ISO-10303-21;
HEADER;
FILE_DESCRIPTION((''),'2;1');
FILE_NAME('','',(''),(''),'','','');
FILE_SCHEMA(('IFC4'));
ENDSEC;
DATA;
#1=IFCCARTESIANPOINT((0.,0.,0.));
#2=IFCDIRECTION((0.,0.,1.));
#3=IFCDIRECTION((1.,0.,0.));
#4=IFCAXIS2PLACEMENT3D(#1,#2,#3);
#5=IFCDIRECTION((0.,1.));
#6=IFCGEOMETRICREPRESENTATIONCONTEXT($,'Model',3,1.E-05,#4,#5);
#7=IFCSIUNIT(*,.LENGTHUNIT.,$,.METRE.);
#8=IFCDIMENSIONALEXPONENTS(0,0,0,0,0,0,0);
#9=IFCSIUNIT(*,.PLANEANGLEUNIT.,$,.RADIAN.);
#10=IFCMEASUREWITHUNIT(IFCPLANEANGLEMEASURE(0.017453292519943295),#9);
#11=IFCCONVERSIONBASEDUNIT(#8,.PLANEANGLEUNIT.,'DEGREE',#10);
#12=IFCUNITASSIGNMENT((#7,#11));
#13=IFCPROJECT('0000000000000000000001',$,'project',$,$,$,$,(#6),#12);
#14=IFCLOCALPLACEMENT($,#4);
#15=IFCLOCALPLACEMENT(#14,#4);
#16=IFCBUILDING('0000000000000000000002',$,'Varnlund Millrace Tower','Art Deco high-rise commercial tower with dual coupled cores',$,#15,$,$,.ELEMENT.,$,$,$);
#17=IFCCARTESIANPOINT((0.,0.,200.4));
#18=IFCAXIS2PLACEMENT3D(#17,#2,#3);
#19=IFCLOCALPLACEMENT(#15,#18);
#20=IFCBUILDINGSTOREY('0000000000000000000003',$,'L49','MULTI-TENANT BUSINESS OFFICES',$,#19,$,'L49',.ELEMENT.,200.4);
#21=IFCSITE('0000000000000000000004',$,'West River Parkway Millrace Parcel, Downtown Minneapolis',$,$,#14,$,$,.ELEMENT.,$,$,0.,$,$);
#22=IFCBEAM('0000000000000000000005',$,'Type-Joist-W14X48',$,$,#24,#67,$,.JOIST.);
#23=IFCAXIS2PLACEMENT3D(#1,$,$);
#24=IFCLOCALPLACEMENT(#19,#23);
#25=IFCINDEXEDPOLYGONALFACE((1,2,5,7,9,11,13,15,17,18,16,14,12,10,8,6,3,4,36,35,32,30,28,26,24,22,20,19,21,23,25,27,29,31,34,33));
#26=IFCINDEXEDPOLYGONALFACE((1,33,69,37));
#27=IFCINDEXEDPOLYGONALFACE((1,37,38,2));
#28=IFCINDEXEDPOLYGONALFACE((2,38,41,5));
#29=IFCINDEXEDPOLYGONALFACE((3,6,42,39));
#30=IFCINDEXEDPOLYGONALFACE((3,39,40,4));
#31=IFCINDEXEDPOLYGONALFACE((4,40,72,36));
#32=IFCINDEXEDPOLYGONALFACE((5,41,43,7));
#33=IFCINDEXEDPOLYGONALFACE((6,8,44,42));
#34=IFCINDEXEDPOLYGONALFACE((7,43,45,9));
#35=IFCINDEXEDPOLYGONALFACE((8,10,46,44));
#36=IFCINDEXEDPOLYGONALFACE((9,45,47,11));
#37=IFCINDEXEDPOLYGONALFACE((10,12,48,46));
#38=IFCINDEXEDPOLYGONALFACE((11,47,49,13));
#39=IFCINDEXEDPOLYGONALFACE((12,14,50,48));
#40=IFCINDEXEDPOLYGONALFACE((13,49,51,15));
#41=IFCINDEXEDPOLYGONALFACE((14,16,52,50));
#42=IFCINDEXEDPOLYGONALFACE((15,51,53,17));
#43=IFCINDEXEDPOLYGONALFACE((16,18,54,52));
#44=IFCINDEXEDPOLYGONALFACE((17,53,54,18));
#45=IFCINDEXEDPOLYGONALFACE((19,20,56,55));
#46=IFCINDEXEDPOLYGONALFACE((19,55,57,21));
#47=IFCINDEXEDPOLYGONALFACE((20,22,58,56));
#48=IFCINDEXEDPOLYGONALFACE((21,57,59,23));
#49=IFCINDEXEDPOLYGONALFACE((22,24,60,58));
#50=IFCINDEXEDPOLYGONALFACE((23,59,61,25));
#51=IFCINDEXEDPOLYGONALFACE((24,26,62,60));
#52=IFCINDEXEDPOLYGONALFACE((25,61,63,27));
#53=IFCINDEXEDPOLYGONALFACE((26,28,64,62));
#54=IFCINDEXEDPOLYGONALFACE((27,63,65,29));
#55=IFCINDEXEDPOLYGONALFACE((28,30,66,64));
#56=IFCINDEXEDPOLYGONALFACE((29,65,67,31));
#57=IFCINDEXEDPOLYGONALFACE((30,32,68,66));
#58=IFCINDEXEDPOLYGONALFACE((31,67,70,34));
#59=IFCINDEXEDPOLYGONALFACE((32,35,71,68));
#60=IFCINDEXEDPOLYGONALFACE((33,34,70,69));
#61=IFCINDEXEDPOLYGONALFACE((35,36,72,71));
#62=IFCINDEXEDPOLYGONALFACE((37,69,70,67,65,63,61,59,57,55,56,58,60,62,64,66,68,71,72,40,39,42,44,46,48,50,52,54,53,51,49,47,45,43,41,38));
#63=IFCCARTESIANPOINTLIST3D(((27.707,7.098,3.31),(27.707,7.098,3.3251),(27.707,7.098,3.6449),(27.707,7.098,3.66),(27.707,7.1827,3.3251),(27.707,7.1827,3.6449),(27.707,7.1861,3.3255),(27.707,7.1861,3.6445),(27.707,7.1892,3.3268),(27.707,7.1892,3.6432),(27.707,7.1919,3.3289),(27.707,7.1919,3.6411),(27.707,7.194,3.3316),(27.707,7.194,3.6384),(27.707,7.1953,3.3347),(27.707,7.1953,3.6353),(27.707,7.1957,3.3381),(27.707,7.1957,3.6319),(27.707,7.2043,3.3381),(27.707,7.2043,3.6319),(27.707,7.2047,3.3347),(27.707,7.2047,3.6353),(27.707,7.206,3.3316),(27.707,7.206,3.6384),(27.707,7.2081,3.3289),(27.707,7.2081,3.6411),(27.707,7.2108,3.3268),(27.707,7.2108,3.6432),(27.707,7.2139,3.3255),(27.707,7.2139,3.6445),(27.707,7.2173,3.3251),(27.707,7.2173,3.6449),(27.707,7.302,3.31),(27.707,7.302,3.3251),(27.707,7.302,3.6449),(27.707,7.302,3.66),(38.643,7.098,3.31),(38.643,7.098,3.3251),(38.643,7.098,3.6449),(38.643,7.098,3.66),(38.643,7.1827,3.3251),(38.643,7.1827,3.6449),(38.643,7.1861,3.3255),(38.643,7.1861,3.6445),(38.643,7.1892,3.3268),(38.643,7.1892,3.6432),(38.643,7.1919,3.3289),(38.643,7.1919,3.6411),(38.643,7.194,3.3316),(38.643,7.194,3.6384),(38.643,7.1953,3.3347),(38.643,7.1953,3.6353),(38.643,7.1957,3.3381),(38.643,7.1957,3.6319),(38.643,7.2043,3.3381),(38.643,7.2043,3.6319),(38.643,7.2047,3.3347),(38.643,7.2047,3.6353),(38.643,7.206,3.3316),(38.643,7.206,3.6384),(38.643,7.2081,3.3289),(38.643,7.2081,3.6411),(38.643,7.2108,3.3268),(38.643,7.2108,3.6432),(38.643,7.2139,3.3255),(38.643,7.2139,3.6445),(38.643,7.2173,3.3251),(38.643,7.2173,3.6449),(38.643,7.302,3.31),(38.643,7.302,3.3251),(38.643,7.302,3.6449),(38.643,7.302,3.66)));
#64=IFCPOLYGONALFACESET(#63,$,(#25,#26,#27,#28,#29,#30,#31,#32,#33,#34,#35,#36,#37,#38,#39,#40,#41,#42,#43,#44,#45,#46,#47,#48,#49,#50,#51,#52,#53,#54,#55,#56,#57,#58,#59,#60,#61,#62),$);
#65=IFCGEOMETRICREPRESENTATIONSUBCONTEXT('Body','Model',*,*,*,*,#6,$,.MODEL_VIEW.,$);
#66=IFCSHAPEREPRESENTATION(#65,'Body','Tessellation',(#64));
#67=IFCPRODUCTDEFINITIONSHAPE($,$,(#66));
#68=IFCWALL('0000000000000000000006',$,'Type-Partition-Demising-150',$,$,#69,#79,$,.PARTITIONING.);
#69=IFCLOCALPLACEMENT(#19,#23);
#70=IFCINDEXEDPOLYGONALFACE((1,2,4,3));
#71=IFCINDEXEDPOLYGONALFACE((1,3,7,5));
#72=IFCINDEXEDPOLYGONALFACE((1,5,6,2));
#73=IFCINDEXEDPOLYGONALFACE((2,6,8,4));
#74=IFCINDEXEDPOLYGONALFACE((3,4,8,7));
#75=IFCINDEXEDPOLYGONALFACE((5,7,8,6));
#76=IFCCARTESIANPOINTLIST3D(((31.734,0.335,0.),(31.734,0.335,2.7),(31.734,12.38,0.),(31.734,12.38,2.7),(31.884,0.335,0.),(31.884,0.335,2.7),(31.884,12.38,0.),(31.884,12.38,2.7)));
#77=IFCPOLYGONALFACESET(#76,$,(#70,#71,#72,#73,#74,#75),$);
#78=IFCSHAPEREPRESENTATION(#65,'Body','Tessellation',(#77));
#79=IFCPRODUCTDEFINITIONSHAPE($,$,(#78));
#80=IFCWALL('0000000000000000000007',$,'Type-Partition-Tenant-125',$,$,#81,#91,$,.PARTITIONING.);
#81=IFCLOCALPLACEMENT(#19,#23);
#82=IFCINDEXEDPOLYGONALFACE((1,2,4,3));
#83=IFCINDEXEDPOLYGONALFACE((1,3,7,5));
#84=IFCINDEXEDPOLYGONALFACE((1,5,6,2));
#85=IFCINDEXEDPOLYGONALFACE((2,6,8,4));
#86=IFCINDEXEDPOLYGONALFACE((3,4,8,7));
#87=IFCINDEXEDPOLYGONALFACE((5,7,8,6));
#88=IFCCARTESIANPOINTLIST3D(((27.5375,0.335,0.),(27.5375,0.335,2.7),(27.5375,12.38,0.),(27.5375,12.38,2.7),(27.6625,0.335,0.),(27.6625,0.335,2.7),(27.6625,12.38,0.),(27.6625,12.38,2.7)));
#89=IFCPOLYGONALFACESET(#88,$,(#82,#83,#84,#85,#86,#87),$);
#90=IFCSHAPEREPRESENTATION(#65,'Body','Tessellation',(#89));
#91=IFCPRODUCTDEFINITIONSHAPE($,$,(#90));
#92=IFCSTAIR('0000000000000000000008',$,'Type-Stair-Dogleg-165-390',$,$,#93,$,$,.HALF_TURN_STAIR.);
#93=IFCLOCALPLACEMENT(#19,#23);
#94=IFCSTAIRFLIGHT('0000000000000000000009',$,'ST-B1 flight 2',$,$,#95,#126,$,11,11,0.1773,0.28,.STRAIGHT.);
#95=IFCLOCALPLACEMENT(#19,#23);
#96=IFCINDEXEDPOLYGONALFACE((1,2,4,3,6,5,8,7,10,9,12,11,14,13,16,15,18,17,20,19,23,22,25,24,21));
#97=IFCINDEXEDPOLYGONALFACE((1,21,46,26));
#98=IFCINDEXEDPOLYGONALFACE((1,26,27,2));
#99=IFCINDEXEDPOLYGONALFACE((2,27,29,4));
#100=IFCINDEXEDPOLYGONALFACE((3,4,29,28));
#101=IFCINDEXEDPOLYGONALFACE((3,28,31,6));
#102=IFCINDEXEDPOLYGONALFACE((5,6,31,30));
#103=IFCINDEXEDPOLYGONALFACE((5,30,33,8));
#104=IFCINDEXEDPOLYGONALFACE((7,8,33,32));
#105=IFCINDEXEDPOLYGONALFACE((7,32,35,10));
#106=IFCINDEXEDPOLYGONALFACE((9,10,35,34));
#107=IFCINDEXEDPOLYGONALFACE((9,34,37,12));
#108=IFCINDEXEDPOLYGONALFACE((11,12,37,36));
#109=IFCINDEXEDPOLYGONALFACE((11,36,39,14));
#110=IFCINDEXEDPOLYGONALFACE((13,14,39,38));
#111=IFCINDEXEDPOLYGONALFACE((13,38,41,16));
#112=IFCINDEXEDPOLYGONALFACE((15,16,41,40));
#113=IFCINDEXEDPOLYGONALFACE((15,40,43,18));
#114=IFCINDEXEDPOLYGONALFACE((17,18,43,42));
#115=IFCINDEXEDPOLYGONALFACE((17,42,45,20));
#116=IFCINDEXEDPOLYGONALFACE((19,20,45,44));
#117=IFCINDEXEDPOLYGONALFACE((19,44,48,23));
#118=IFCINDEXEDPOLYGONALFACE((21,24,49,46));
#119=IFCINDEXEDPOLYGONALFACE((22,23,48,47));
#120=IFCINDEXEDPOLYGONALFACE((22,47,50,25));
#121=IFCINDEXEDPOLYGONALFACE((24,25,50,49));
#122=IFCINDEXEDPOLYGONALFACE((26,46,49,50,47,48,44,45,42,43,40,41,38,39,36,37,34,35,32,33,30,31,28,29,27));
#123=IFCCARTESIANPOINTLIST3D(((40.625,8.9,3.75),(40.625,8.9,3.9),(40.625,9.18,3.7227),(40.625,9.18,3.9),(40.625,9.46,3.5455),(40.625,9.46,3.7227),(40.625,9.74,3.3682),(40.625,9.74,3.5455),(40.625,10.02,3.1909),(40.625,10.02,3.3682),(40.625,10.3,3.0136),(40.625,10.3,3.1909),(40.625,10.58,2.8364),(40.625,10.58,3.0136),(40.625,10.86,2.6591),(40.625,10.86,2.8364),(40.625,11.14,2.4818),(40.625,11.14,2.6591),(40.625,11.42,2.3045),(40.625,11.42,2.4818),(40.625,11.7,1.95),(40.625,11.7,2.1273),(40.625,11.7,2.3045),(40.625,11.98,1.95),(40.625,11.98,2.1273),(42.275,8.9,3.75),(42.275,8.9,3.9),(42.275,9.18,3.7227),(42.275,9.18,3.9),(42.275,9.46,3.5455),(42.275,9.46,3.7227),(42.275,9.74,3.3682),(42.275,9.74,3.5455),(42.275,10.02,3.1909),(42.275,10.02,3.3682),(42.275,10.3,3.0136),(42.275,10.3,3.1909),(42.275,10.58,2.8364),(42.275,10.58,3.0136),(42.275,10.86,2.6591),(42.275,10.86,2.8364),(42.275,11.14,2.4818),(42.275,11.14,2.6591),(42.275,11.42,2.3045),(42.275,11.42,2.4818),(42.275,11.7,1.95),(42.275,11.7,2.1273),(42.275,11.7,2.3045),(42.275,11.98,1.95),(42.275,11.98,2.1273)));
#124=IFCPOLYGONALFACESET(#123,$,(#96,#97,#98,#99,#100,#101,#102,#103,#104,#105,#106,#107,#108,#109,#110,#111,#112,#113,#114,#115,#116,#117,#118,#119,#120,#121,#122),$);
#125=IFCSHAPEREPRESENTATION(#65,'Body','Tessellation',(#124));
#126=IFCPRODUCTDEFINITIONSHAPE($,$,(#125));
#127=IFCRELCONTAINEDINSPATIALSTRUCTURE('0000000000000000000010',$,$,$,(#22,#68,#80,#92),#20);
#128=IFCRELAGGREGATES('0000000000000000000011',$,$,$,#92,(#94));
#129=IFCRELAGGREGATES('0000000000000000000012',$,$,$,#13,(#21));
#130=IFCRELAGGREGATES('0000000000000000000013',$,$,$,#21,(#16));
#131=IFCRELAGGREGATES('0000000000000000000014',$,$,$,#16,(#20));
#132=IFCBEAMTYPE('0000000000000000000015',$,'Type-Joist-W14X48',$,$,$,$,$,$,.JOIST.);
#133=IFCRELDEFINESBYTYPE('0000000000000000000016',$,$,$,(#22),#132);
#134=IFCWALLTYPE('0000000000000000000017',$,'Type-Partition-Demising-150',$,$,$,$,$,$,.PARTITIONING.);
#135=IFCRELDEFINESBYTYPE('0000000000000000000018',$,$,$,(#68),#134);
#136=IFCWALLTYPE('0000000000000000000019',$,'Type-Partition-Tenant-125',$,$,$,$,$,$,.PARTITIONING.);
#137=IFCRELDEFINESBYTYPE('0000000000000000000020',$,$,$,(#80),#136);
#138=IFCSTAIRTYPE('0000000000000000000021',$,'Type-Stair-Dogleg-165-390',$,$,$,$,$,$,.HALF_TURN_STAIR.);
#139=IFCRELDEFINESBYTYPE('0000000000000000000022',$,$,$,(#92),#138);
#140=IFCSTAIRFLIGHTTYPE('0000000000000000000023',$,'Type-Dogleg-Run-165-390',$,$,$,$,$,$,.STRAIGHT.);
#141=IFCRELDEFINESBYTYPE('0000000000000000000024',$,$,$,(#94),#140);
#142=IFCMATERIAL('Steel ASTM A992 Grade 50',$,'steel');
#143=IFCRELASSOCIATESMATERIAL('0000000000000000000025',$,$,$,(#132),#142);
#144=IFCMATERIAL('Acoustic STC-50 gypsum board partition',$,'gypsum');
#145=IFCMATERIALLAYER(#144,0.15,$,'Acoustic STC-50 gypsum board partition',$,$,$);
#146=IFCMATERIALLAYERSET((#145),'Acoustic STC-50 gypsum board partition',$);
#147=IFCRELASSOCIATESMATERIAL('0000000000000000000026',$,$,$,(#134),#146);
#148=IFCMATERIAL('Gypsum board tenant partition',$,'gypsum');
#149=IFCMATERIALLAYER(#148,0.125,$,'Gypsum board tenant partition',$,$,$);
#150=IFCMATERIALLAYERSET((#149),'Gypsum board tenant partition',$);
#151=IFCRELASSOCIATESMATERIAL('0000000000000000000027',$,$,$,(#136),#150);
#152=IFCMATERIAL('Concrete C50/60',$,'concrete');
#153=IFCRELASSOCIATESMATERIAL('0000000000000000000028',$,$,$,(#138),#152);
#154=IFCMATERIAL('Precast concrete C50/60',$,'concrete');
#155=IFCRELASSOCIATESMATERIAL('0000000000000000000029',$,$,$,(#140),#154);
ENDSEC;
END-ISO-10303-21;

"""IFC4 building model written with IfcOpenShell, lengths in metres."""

from ifc_helpers import new_model, entity, si_unit, converted_unit, direction, frame, origin_with_axes, origin_2d_with_axis, place, context, subcontext, project, spatial, polyline, i_section, outline, extrude, material, layer, layer_set, material_profile, profile_set, type_object, element, aggregate, save


model = new_model("IFC4")

# Units and contexts
model_context = context("Model", 3, precision=1e-05, world=origin_with_axes(), true_north=direction((0.0, 1.0)))
body_context = subcontext(model_context, "Body", "Model", "MODEL_VIEW")
ifc_project = project(units=[si_unit("LENGTHUNIT", "METRE"), converted_unit("PLANEANGLEUNIT", "DEGREE", entity("IfcPlaneAngleMeasure", 0.017453292519943295), si_unit("PLANEANGLEUNIT", "RADIAN"), dimensions=[0, 0, 0, 0, 0, 0, 0])], contexts=[model_context])

# Site, building, storey
site_placement = place(None, origin_with_axes())
site = spatial("IfcSite", under=ifc_project, at=site_placement, Name="West River Parkway Millrace Parcel, Downtown Minneapolis", CompositionType="ELEMENT", RefElevation=0.0)
building_placement = place(site_placement, origin_with_axes())
building = spatial("IfcBuilding", under=site, at=building_placement, Name="Varnlund Millrace Tower", Description="Art Deco high-rise commercial tower with dual coupled cores", CompositionType="ELEMENT")
storey_placement = place(building_placement, frame((0.0, 0.0, 200.4), z_axis=(0.0, 0.0, 1.0), x_axis=(1.0, 0.0, 0.0)))
storey = spatial("IfcBuildingStorey", under=building, at=storey_placement, Name="L49", Description="MULTI-TENANT BUSINESS OFFICES", LongName="L49", CompositionType="ELEMENT", Elevation=200.4)

# Beam
ifc_material_1 = material(Name="Steel ASTM A992 Grade 50", Category="steel")
ifc_material_profile_1 = material_profile(ifc_material_1, i_section(OverallWidth=0.204, OverallDepth=0.35, WebThickness=0.0086, FlangeThickness=0.0151, FilletRadius=0.013, at=origin_2d_with_axis()), Name="Steel ASTM A992 Grade 50")
ifc_profile_set_1 = profile_set([ifc_material_profile_1], Name="Steel ASTM A992 Grade 50")
beam_type_1 = type_object("IfcBeamType", Name="Type-Joist-W14X48", PredefinedType="JOIST", material=ifc_profile_set_1)
beam_1_placement = place(storey_placement, frame((27.707, 7.2, 3.485), z_axis=(1.0, 0.0, 0.0), x_axis=(0.0, 1.0, 0.0)))
element("IfcBeam", 1, at=beam_1_placement, inside=storey, type_object=beam_type_1, Name="Type-Joist-W14X48", PredefinedType="JOIST", context=body_context, shape_type="SweptSolid", body=[
    extrude(i_section(OverallWidth=0.204, OverallDepth=0.35, WebThickness=0.0086, FlangeThickness=0.0151, FilletRadius=0.013, at=origin_2d_with_axis()), origin_with_axes(), (0.0, 0.0, 1.0), 10.936),
])

# Walls
ifc_material_2 = material(Name="Acoustic STC-50 gypsum board partition", Category="gypsum")
ifc_layer_1 = layer(ifc_material_2, 0.15, Name="Acoustic STC-50 gypsum board partition")
ifc_layer_set_1 = layer_set([ifc_layer_1], Name="Acoustic STC-50 gypsum board partition")
wall_type_1 = type_object("IfcWallType", Name="Type-Partition-Demising-150", PredefinedType="PARTITIONING", material=ifc_layer_set_1)
wall_1_placement = place(storey_placement, frame((31.809, 0.335, 0.0), z_axis=(0.0, 0.0, 1.0), x_axis=(0.0, 1.0, 0.0)))
element("IfcWall", 2, at=wall_1_placement, inside=storey, type_object=wall_type_1, Name="Type-Partition-Demising-150", PredefinedType="PARTITIONING", context=body_context, shape_type="SweptSolid", body=[
    extrude(outline(polyline([(0.0, -0.075), (12.045, -0.075), (12.045, 0.075), (0.0, 0.075), (0.0, -0.075)])), origin_with_axes(), (0.0, 0.0, 1.0), 2.7),
])
ifc_material_3 = material(Name="Gypsum board tenant partition", Category="gypsum")
ifc_layer_2 = layer(ifc_material_3, 0.125, Name="Gypsum board tenant partition")
ifc_layer_set_2 = layer_set([ifc_layer_2], Name="Gypsum board tenant partition")
wall_type_2 = type_object("IfcWallType", Name="Type-Partition-Tenant-125", PredefinedType="PARTITIONING", material=ifc_layer_set_2)
wall_2_placement = place(storey_placement, frame((27.6, 0.335, 0.0), z_axis=(0.0, 0.0, 1.0), x_axis=(0.0, 1.0, 0.0)))
element("IfcWall", 3, at=wall_2_placement, inside=storey, type_object=wall_type_2, Name="Type-Partition-Tenant-125", PredefinedType="PARTITIONING", context=body_context, shape_type="SweptSolid", body=[
    extrude(outline(polyline([(0.0, -0.0625), (12.045, -0.0625), (12.045, 0.0625), (0.0, 0.0625), (0.0, -0.0625)])), origin_with_axes(), (0.0, 0.0, 1.0), 2.7),
])

# Stair, stair flight
ifc_material_4 = material(Name="Concrete C50/60", Category="concrete")
stair_type = type_object("IfcStairType", Name="Type-Stair-Dogleg-165-390", PredefinedType="HALF_TURN_STAIR", material=ifc_material_4)
stair_placement = place(storey_placement, origin_with_axes())
stair = element("IfcStair", 4, at=stair_placement, inside=storey, type_object=stair_type, Name="Type-Stair-Dogleg-165-390", PredefinedType="HALF_TURN_STAIR")
ifc_material_5 = material(Name="Precast concrete C50/60", Category="concrete")
stair_flight_type = type_object("IfcStairFlightType", Name="Type-Dogleg-Run-165-390", PredefinedType="STRAIGHT", material=ifc_material_5)
stair_flight_placement = place(storey_placement, frame((42.275, 11.98, 1.95), z_axis=(-1.0, 0.0, 0.0), x_axis=(0.0, -1.0, 0.0)))
stair_flight = element("IfcStairFlight", 5, at=stair_flight_placement, type_object=stair_flight_type, Name="ST-B1 flight 2", NumberOfRisers=11, NumberOfTreads=11, PredefinedType="STRAIGHT", RiserHeight=0.1773, TreadLength=0.28, context=body_context, shape_type="SweptSolid", body=[
    extrude(outline(polyline([(0.0, 0.0), (0.0, 0.1773), (0.28, 0.1773), (0.28, 0.3545), (0.56, 0.3545), (0.56, 0.5318), (0.84, 0.5318), (0.84, 0.7091), (1.12, 0.7091), (1.12, 0.8864), (1.4, 0.8864), (1.4, 1.0636), (1.68, 1.0636), (1.68, 1.2409), (1.96, 1.2409), (1.96, 1.4182), (2.24, 1.4182), (2.24, 1.5955), (2.52, 1.5955), (2.52, 1.7727), (2.8, 1.7727), (2.8, 1.95), (3.08, 1.95), (3.08, 1.8), (0.28, 0.0), (0.0, 0.0)])), origin_with_axes(), (0.0, 0.0, 1.0), 1.65),
])
aggregate(stair, [stair_flight])

save(model, "model.ifc")
